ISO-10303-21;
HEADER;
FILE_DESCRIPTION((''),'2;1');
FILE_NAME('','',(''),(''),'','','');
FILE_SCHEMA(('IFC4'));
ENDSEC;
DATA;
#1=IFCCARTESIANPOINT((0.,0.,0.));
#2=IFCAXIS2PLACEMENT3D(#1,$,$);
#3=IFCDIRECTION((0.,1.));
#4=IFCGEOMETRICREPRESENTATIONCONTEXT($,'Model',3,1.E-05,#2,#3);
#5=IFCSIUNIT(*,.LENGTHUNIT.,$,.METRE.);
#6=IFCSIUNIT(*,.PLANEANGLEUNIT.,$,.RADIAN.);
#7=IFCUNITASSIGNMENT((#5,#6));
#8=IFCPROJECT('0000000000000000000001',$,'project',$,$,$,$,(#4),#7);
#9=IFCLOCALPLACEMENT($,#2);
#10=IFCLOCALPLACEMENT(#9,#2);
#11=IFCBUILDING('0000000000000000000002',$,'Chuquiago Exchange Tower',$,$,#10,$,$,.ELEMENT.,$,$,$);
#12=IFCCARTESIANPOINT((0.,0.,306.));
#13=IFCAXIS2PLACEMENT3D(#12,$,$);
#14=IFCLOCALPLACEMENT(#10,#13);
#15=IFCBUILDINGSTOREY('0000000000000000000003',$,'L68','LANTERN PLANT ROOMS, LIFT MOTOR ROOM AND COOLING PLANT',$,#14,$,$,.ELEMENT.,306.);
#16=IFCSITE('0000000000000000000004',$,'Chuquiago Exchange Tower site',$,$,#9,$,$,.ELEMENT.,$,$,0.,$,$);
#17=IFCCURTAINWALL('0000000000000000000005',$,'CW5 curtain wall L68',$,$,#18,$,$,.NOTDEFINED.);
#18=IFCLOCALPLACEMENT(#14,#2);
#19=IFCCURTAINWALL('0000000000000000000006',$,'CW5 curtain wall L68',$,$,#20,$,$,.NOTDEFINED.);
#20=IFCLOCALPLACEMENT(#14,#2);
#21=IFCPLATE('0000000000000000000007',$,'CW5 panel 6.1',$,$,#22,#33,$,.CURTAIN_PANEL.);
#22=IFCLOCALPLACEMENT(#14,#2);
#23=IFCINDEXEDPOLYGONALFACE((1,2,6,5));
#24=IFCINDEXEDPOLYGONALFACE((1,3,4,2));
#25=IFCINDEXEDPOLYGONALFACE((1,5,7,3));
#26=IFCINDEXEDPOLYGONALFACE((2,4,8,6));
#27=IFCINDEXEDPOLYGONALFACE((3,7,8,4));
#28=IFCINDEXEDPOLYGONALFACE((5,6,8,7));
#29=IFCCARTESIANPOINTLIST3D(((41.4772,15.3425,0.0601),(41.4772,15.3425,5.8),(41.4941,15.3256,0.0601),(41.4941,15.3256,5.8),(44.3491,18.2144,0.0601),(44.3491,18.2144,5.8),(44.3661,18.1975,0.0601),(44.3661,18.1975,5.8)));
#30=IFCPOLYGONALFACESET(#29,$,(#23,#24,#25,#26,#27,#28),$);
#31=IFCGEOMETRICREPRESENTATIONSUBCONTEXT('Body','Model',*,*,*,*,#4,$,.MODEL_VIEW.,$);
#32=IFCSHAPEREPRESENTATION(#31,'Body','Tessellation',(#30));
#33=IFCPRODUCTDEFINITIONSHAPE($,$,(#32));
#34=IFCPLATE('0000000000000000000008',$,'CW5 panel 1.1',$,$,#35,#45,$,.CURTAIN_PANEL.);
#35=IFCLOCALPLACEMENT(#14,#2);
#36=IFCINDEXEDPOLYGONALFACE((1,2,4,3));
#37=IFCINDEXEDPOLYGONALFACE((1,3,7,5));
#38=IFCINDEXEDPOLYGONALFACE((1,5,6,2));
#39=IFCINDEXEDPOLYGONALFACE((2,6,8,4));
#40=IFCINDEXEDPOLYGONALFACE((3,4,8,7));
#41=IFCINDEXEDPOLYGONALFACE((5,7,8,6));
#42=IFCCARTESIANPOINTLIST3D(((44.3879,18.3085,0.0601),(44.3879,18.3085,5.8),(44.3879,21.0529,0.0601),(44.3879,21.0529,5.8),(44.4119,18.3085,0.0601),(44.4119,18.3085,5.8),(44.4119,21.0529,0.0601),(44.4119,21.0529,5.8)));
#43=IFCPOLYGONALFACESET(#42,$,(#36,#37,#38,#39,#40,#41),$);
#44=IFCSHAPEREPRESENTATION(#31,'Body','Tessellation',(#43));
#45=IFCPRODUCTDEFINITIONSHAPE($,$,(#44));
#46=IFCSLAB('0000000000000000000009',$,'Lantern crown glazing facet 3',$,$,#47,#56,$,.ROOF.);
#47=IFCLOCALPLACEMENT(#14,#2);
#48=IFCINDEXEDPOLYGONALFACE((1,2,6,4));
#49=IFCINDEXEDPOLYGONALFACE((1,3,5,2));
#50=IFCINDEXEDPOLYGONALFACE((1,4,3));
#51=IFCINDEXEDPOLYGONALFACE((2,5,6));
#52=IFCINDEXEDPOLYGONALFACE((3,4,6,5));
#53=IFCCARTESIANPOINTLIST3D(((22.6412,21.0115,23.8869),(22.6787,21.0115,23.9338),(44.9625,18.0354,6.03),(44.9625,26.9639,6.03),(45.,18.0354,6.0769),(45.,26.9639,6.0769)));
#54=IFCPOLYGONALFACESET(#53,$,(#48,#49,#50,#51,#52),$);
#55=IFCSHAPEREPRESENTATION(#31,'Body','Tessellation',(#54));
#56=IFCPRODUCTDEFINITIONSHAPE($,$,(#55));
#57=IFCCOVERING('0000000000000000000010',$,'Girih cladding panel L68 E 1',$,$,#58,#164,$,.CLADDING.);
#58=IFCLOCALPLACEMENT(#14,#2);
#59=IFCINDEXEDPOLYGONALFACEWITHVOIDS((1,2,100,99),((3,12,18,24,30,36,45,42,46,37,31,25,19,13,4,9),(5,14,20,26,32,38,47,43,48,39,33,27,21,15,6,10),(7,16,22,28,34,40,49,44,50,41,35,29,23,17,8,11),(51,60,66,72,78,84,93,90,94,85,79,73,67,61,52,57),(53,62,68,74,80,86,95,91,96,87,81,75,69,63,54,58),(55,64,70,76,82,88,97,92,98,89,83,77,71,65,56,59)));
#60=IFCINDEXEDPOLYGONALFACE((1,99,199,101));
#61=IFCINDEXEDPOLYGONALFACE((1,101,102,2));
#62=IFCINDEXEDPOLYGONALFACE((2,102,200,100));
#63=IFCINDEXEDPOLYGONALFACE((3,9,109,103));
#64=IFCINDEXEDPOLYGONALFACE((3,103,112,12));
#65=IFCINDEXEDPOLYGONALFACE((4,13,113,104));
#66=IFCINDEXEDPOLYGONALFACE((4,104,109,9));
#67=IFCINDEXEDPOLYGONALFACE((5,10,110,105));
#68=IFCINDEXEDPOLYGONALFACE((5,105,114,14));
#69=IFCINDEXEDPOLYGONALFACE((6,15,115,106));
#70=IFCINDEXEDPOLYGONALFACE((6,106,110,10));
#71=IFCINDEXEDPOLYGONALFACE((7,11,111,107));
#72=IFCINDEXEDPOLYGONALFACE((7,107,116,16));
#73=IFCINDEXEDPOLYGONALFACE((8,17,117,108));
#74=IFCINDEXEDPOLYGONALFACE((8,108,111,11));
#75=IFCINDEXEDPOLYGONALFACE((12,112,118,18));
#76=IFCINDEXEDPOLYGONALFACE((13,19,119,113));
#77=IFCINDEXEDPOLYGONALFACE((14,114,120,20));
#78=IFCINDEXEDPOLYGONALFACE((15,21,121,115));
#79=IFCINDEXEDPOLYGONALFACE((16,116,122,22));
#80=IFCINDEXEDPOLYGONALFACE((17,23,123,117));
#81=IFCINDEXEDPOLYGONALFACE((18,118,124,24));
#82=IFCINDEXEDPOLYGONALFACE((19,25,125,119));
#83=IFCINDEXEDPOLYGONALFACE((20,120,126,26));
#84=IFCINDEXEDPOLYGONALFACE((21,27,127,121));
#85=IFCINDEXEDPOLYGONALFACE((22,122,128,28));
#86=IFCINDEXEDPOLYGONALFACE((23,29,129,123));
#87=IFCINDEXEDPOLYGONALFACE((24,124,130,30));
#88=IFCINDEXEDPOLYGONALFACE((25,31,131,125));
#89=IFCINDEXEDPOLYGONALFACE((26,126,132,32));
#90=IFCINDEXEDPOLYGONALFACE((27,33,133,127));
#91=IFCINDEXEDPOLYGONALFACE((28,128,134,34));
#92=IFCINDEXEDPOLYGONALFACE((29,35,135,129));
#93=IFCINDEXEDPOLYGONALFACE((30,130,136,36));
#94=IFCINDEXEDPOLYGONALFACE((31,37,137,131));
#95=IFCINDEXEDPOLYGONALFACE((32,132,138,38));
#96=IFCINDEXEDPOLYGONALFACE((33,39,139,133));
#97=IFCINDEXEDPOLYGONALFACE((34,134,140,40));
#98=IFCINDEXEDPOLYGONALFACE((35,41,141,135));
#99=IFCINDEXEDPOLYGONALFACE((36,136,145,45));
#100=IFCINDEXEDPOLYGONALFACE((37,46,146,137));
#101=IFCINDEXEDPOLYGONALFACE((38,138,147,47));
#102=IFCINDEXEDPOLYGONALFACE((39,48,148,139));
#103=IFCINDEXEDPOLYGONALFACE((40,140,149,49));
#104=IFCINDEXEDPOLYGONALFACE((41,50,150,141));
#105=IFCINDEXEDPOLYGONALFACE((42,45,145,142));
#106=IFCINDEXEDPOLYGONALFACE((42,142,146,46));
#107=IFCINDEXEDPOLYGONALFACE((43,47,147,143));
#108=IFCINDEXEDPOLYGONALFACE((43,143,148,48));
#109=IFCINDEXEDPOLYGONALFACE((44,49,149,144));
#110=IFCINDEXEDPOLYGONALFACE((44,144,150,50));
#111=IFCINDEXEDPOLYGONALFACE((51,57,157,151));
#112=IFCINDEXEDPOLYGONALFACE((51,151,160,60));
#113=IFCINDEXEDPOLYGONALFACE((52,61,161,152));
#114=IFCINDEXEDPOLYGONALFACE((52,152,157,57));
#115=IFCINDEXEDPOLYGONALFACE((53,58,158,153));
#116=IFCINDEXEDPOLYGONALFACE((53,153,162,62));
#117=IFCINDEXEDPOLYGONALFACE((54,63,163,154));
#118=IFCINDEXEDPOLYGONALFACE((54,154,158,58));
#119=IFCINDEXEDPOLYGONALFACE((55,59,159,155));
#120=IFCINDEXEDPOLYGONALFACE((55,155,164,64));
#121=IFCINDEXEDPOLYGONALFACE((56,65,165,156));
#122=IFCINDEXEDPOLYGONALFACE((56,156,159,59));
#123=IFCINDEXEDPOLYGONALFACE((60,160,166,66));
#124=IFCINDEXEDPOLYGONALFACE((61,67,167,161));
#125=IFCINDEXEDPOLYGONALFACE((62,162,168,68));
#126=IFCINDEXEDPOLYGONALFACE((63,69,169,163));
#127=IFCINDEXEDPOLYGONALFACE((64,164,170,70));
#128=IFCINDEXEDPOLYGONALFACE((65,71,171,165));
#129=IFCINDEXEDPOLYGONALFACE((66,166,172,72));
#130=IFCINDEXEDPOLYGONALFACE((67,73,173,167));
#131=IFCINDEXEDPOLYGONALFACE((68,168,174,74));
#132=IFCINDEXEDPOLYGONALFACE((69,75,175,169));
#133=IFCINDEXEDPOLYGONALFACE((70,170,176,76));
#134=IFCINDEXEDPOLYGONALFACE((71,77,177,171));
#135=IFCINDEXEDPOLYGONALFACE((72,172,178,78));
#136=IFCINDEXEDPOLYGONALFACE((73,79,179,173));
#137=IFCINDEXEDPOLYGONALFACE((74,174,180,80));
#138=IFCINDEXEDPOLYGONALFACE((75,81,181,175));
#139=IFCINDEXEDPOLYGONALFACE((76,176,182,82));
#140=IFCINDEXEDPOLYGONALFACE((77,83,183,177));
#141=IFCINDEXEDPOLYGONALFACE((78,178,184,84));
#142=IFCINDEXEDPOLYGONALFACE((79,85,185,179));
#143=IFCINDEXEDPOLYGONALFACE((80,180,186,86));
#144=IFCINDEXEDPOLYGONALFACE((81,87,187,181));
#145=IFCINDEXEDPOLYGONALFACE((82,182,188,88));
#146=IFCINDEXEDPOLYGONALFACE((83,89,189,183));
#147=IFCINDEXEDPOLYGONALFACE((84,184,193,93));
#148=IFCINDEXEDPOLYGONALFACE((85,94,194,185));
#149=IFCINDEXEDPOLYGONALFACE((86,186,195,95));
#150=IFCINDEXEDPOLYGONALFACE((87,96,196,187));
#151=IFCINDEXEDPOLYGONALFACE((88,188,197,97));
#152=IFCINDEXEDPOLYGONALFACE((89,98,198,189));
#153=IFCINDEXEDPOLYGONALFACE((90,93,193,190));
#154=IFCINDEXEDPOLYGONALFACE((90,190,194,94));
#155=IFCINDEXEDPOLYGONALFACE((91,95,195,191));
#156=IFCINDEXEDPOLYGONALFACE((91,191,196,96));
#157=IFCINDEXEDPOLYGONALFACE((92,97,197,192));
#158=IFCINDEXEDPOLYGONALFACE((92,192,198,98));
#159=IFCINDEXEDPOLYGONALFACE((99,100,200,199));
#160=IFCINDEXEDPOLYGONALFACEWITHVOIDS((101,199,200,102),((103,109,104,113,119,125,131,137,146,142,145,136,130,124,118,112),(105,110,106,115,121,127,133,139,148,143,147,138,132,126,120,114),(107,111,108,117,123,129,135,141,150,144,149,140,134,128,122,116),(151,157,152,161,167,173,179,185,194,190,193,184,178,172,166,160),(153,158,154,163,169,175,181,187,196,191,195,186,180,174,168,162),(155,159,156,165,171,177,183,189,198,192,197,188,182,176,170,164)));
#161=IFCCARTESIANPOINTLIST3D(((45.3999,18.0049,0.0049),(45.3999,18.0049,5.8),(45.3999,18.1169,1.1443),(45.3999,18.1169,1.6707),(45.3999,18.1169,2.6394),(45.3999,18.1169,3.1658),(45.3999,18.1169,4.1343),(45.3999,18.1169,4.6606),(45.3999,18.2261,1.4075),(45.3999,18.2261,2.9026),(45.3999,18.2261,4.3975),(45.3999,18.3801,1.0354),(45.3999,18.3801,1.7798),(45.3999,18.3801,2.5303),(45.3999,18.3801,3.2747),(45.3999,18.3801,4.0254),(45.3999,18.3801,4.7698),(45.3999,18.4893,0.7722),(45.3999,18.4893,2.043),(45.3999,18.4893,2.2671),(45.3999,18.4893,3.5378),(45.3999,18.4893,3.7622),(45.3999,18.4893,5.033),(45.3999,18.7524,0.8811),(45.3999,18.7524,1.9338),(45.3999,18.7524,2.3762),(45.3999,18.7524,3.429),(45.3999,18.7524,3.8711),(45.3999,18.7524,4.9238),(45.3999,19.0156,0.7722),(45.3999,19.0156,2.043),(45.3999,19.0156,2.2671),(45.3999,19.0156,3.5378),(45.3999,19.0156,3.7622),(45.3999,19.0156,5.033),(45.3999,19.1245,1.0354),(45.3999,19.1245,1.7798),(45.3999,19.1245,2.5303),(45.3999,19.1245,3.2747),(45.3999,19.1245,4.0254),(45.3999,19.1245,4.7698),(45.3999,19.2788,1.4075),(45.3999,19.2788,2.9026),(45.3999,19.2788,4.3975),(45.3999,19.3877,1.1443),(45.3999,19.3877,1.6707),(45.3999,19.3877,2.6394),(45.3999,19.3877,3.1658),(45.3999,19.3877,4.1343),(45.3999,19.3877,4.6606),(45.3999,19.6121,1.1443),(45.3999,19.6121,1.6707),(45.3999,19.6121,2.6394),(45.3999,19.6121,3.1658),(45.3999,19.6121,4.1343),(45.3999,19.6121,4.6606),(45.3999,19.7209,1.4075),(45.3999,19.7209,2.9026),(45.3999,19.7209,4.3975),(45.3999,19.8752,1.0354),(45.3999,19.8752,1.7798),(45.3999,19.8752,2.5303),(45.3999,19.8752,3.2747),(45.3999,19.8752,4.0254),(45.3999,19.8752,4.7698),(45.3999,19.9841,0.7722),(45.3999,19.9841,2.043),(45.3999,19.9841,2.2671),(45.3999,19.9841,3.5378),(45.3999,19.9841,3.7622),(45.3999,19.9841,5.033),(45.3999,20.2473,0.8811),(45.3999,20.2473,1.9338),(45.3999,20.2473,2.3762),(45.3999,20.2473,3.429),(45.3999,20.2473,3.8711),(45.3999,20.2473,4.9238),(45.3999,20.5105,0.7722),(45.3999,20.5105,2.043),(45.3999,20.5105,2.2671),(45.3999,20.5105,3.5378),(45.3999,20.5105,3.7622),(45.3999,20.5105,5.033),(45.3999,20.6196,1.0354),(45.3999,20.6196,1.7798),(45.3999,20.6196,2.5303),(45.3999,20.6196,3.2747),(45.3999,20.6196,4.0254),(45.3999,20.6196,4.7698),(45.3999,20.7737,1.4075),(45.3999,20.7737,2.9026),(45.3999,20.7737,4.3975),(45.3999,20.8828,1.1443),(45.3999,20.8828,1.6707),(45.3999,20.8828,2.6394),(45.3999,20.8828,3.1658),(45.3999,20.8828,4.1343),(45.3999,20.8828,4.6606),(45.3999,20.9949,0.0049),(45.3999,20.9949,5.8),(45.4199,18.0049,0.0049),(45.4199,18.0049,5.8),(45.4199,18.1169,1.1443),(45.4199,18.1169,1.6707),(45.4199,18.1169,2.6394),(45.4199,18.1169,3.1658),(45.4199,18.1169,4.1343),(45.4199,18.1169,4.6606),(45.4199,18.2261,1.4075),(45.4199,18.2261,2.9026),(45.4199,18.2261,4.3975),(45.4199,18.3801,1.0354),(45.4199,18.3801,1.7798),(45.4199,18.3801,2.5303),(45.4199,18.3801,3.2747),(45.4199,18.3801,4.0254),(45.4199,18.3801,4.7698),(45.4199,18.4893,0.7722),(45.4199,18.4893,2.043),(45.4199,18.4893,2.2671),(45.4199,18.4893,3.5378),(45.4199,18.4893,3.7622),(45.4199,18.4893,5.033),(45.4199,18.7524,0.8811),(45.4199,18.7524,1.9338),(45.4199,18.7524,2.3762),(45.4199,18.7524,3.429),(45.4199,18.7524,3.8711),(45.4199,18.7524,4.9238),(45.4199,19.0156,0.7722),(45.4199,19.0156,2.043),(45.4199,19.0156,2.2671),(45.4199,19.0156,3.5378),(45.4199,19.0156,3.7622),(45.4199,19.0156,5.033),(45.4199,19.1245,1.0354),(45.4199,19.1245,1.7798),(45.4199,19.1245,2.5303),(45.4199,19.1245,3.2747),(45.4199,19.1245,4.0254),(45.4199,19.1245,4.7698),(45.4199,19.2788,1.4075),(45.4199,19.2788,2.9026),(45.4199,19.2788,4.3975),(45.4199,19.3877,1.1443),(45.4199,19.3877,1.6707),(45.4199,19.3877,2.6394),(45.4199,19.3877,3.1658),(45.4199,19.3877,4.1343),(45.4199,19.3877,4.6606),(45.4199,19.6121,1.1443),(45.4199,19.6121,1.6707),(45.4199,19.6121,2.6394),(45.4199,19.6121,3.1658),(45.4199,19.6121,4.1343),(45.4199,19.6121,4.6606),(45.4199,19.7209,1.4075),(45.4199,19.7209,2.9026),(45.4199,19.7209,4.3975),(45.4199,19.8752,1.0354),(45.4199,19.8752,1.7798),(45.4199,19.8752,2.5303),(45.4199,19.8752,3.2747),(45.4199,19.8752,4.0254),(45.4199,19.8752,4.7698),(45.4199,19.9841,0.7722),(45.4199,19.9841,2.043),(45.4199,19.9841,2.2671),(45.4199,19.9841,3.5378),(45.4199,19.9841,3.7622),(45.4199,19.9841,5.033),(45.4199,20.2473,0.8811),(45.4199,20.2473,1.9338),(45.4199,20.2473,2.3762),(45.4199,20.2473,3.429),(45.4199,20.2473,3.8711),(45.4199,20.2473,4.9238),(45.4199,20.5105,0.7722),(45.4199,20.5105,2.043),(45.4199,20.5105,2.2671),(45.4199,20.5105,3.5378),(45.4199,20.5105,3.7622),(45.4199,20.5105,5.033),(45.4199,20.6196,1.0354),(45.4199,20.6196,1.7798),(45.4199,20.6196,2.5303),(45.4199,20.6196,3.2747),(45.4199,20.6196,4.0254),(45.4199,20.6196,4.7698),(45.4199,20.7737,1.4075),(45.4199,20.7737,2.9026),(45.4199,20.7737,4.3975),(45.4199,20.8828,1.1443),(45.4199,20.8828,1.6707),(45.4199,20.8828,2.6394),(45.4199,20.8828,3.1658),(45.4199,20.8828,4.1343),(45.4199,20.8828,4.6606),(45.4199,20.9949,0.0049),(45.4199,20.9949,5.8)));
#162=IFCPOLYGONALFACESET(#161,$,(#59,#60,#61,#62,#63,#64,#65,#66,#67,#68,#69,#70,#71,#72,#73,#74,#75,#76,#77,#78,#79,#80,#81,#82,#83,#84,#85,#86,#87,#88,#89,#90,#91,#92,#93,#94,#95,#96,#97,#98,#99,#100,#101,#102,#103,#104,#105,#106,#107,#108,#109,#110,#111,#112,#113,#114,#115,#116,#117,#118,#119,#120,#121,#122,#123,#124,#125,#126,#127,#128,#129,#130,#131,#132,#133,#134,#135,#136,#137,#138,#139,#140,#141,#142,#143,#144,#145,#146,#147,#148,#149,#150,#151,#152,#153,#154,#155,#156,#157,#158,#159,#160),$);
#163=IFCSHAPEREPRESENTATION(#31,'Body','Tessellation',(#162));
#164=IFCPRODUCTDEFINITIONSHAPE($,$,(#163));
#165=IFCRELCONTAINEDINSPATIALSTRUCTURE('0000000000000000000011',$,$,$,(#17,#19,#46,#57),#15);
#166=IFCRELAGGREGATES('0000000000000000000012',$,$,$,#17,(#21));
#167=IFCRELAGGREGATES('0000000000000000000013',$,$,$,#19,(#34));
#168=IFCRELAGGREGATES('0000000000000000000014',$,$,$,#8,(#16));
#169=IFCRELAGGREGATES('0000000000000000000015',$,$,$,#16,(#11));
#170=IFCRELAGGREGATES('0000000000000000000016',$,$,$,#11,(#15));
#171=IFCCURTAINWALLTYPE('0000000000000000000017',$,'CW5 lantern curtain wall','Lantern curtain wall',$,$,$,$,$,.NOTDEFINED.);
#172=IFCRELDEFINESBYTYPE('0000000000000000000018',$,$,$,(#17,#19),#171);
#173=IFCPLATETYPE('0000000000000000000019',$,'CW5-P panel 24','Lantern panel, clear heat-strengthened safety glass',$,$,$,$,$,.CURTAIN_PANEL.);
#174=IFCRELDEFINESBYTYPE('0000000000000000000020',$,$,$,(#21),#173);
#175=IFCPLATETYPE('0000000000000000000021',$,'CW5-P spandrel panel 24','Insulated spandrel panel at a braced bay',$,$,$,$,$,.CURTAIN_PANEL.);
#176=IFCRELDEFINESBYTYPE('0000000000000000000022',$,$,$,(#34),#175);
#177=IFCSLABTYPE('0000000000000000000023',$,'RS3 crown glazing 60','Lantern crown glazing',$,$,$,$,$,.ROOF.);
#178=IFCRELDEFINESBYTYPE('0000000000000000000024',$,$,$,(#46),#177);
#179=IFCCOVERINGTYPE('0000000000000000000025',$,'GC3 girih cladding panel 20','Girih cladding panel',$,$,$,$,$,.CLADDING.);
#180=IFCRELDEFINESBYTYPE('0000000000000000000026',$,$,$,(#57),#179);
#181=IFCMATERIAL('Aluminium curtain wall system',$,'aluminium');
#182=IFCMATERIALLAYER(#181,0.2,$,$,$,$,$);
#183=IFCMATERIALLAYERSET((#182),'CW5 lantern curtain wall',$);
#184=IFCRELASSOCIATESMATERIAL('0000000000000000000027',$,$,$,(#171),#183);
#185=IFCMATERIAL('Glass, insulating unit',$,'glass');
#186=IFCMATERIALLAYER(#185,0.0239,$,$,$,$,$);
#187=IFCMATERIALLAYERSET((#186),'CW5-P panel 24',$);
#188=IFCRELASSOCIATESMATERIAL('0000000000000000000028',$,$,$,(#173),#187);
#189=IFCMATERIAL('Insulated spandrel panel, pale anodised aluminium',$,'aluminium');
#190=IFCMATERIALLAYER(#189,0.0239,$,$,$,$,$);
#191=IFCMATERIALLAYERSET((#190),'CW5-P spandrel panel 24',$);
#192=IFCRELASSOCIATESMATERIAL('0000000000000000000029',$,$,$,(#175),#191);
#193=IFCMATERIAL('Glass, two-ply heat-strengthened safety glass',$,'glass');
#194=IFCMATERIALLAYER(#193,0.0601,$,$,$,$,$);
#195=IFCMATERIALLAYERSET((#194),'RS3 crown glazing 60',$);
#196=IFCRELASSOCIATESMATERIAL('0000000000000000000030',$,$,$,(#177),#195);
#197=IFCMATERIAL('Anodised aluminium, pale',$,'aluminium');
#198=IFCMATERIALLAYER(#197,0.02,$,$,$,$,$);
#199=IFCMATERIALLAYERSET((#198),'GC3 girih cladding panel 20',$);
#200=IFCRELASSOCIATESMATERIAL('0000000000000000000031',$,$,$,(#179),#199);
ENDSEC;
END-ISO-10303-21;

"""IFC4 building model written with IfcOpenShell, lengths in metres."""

from ifc_helpers import new_model, si_unit, direction, frame, origin, origin_2d, place, context, subcontext, project, spatial, polyline, rectangle, outline, extrude, material, layer, layer_set, type_object, element, aggregate, save


model = new_model("IFC4")

# Units and contexts
model_context = context("Model", 3, precision=1e-05, world=origin(), true_north=direction((0.0, 1.0)))
body_context = subcontext(model_context, "Body", "Model", "MODEL_VIEW")
ifc_project = project(units=[si_unit("LENGTHUNIT", "METRE"), si_unit("PLANEANGLEUNIT", "RADIAN")], contexts=[model_context])

# Site, building, storey
site_placement = place(None, origin())
site = spatial("IfcSite", under=ifc_project, at=site_placement, Name="Chuquiago Exchange Tower site", CompositionType="ELEMENT", RefElevation=0.0)
building_placement = place(site_placement, origin())
building = spatial("IfcBuilding", under=site, at=building_placement, Name="Chuquiago Exchange Tower", CompositionType="ELEMENT")
storey_placement = place(building_placement, frame((0.0, 0.0, 306.0)))
storey = spatial("IfcBuildingStorey", under=building, at=storey_placement, Name="L68", Description="LANTERN PLANT ROOMS, LIFT MOTOR ROOM AND COOLING PLANT", CompositionType="ELEMENT", Elevation=306.0)

# Curtain walls
ifc_material_1 = material(Name="Aluminium curtain wall system", Category="aluminium")
ifc_layer_1 = layer(ifc_material_1, 0.2)
ifc_layer_set_1 = layer_set([ifc_layer_1], Name="CW5 lantern curtain wall")
curtain_wall_type = type_object("IfcCurtainWallType", Name="CW5 lantern curtain wall", Description="Lantern curtain wall", PredefinedType="NOTDEFINED", material=ifc_layer_set_1)
curtain_wall_1_placement = place(storey_placement, origin())
curtain_wall_1 = element("IfcCurtainWall", 1, at=curtain_wall_1_placement, inside=storey, type_object=curtain_wall_type, Name="CW5 curtain wall L68", PredefinedType="NOTDEFINED")
curtain_wall_2_placement = place(storey_placement, origin())
curtain_wall_2 = element("IfcCurtainWall", 2, at=curtain_wall_2_placement, inside=storey, type_object=curtain_wall_type, Name="CW5 curtain wall L68", PredefinedType="NOTDEFINED")

# Plates
ifc_material_2 = material(Name="Glass, insulating unit", Category="glass")
ifc_layer_2 = layer(ifc_material_2, 0.0239)
ifc_layer_set_2 = layer_set([ifc_layer_2], Name="CW5-P panel 24")
plate_type_1 = type_object("IfcPlateType", Name="CW5-P panel 24", Description="Lantern panel, clear heat-strengthened safety glass", PredefinedType="CURTAIN_PANEL", material=ifc_layer_set_2)
plate_1_placement = place(storey_placement, frame((42.9216, 16.77, 0.0601), z_axis=(0.0, 0.0, 1.0), x_axis=(0.707109, 0.707105, 0.0)))
plate_1 = element("IfcPlate", 3, at=plate_1_placement, type_object=plate_type_1, Name="CW5 panel 6.1", PredefinedType="CURTAIN_PANEL", context=body_context, shape_type="SweptSolid", body=[
    extrude(rectangle(XDim=4.0615, YDim=0.0239, at=origin_2d()), origin(), (0.0, 0.0, 1.0), 5.74),
])
aggregate(curtain_wall_1, [plate_1])
ifc_material_3 = material(Name="Insulated spandrel panel, pale anodised aluminium", Category="aluminium")
ifc_layer_3 = layer(ifc_material_3, 0.0239)
ifc_layer_set_3 = layer_set([ifc_layer_3], Name="CW5-P spandrel panel 24")
plate_type_2 = type_object("IfcPlateType", Name="CW5-P spandrel panel 24", Description="Insulated spandrel panel at a braced bay", PredefinedType="CURTAIN_PANEL", material=ifc_layer_set_3)
plate_2_placement = place(storey_placement, frame((44.3999, 19.6807, 0.0601), z_axis=(0.0, 0.0, 1.0), x_axis=(0.0, 1.0, 0.0)))
plate_2 = element("IfcPlate", 4, at=plate_2_placement, type_object=plate_type_2, Name="CW5 panel 1.1", PredefinedType="CURTAIN_PANEL", context=body_context, shape_type="SweptSolid", body=[
    extrude(rectangle(XDim=2.7444, YDim=0.0239, at=origin_2d()), origin(), (0.0, 0.0, 1.0), 5.74),
])
aggregate(curtain_wall_2, [plate_2])

# Slab
ifc_material_4 = material(Name="Glass, two-ply heat-strengthened safety glass", Category="glass")
ifc_layer_4 = layer(ifc_material_4, 0.0601)
ifc_layer_set_4 = layer_set([ifc_layer_4], Name="RS3 crown glazing 60")
slab_type = type_object("IfcSlabType", Name="RS3 crown glazing 60", Description="Lantern crown glazing", PredefinedType="ROOF", material=ifc_layer_set_4)
slab_placement = place(storey_placement, frame((45.0, 18.0354, 6.0769), z_axis=(0.624693, 0.0, 0.78087), x_axis=(0.0, 1.0, 0.0)))
element("IfcSlab", 5, at=slab_placement, inside=storey, type_object=slab_type, Name="Lantern crown glazing facet 3", PredefinedType="ROOF", context=body_context, shape_type="SweptSolid", body=[
    extrude(outline(polyline([(0.0, 0.0), (8.9285, 0.0), (2.9761, 28.5851), (0.0, 0.0)])), origin(), (0.0, 0.0, -1.0), 0.0601),
])

# Covering
ifc_material_5 = material(Name="Anodised aluminium, pale", Category="aluminium")
ifc_layer_5 = layer(ifc_material_5, 0.02)
ifc_layer_set_5 = layer_set([ifc_layer_5], Name="GC3 girih cladding panel 20")
covering_type = type_object("IfcCoveringType", Name="GC3 girih cladding panel 20", Description="Girih cladding panel", PredefinedType="CLADDING", material=ifc_layer_set_5)
covering_1_placement = place(storey_placement, frame((45.3999, 18.0049, 0.0049), z_axis=(0.0, 0.0, 1.0), x_axis=(0.0, 1.0, 0.0)))
element("IfcCovering", 6, at=covering_1_placement, inside=storey, type_object=covering_type, Name="Girih cladding panel L68 E 1", PredefinedType="CLADDING", context=body_context, shape_type="SweptSolid", body=[
    extrude(outline(polyline([(0.0, 0.0), (2.99, 0.0), (2.99, 5.7952), (0.0, 5.7952), (0.0, 0.0)]), holes=[polyline([(1.2739, 1.4026), (1.3828, 1.6658), (1.1196, 1.7749), (1.0107, 2.0381), (0.7476, 1.929), (0.4844, 2.0381), (0.3752, 1.7749), (0.1121, 1.6658), (0.2212, 1.4026), (0.1121, 1.1394), (0.3752, 1.0305), (0.4844, 0.7673), (0.7476, 0.8762), (1.0107, 0.7673), (1.1196, 1.0305), (1.3828, 1.1394), (1.2739, 1.4026)]), polyline([(2.7688, 1.4026), (2.8779, 1.6658), (2.6147, 1.7749), (2.5056, 2.0381), (2.2424, 1.929), (1.9792, 2.0381), (1.8704, 1.7749), (1.6072, 1.6658), (1.7161, 1.4026), (1.6072, 1.1394), (1.8704, 1.0305), (1.9792, 0.7673), (2.2424, 0.8762), (2.5056, 0.7673), (2.6147, 1.0305), (2.8779, 1.1394), (2.7688, 1.4026)]), polyline([(1.2739, 2.8977), (1.3828, 3.1609), (1.1196, 3.2698), (1.0107, 3.533), (0.7476, 3.4241), (0.4844, 3.533), (0.3752, 3.2698), (0.1121, 3.1609), (0.2212, 2.8977), (0.1121, 2.6345), (0.3752, 2.5254), (0.4844, 2.2622), (0.7476, 2.3713), (1.0107, 2.2622), (1.1196, 2.5254), (1.3828, 2.6345), (1.2739, 2.8977)]), polyline([(2.7688, 2.8977), (2.8779, 3.1609), (2.6147, 3.2698), (2.5056, 3.533), (2.2424, 3.4241), (1.9792, 3.533), (1.8704, 3.2698), (1.6072, 3.1609), (1.7161, 2.8977), (1.6072, 2.6345), (1.8704, 2.5254), (1.9792, 2.2622), (2.2424, 2.3713), (2.5056, 2.2622), (2.6147, 2.5254), (2.8779, 2.6345), (2.7688, 2.8977)]), polyline([(1.2739, 4.3926), (1.3828, 4.6558), (1.1196, 4.7649), (1.0107, 5.0281), (0.7476, 4.9189), (0.4844, 5.0281), (0.3752, 4.7649), (0.1121, 4.6558), (0.2212, 4.3926), (0.1121, 4.1294), (0.3752, 4.0205), (0.4844, 3.7573), (0.7476, 3.8662), (1.0107, 3.7573), (1.1196, 4.0205), (1.3828, 4.1294), (1.2739, 4.3926)]), polyline([(2.7688, 4.3926), (2.8779, 4.6558), (2.6147, 4.7649), (2.5056, 5.0281), (2.2424, 4.9189), (1.9792, 5.0281), (1.8704, 4.7649), (1.6072, 4.6558), (1.7161, 4.3926), (1.6072, 4.1294), (1.8704, 4.0205), (1.9792, 3.7573), (2.2424, 3.8662), (2.5056, 3.7573), (2.6147, 4.0205), (2.8779, 4.1294), (2.7688, 4.3926)])]), frame((0.0, 0.0, 0.0), z_axis=(0.0, -1.0, 0.0), x_axis=(1.0, 0.0, 0.0)), (0.0, 0.0, 1.0), 0.02),
])

save(model, "model.ifc")
